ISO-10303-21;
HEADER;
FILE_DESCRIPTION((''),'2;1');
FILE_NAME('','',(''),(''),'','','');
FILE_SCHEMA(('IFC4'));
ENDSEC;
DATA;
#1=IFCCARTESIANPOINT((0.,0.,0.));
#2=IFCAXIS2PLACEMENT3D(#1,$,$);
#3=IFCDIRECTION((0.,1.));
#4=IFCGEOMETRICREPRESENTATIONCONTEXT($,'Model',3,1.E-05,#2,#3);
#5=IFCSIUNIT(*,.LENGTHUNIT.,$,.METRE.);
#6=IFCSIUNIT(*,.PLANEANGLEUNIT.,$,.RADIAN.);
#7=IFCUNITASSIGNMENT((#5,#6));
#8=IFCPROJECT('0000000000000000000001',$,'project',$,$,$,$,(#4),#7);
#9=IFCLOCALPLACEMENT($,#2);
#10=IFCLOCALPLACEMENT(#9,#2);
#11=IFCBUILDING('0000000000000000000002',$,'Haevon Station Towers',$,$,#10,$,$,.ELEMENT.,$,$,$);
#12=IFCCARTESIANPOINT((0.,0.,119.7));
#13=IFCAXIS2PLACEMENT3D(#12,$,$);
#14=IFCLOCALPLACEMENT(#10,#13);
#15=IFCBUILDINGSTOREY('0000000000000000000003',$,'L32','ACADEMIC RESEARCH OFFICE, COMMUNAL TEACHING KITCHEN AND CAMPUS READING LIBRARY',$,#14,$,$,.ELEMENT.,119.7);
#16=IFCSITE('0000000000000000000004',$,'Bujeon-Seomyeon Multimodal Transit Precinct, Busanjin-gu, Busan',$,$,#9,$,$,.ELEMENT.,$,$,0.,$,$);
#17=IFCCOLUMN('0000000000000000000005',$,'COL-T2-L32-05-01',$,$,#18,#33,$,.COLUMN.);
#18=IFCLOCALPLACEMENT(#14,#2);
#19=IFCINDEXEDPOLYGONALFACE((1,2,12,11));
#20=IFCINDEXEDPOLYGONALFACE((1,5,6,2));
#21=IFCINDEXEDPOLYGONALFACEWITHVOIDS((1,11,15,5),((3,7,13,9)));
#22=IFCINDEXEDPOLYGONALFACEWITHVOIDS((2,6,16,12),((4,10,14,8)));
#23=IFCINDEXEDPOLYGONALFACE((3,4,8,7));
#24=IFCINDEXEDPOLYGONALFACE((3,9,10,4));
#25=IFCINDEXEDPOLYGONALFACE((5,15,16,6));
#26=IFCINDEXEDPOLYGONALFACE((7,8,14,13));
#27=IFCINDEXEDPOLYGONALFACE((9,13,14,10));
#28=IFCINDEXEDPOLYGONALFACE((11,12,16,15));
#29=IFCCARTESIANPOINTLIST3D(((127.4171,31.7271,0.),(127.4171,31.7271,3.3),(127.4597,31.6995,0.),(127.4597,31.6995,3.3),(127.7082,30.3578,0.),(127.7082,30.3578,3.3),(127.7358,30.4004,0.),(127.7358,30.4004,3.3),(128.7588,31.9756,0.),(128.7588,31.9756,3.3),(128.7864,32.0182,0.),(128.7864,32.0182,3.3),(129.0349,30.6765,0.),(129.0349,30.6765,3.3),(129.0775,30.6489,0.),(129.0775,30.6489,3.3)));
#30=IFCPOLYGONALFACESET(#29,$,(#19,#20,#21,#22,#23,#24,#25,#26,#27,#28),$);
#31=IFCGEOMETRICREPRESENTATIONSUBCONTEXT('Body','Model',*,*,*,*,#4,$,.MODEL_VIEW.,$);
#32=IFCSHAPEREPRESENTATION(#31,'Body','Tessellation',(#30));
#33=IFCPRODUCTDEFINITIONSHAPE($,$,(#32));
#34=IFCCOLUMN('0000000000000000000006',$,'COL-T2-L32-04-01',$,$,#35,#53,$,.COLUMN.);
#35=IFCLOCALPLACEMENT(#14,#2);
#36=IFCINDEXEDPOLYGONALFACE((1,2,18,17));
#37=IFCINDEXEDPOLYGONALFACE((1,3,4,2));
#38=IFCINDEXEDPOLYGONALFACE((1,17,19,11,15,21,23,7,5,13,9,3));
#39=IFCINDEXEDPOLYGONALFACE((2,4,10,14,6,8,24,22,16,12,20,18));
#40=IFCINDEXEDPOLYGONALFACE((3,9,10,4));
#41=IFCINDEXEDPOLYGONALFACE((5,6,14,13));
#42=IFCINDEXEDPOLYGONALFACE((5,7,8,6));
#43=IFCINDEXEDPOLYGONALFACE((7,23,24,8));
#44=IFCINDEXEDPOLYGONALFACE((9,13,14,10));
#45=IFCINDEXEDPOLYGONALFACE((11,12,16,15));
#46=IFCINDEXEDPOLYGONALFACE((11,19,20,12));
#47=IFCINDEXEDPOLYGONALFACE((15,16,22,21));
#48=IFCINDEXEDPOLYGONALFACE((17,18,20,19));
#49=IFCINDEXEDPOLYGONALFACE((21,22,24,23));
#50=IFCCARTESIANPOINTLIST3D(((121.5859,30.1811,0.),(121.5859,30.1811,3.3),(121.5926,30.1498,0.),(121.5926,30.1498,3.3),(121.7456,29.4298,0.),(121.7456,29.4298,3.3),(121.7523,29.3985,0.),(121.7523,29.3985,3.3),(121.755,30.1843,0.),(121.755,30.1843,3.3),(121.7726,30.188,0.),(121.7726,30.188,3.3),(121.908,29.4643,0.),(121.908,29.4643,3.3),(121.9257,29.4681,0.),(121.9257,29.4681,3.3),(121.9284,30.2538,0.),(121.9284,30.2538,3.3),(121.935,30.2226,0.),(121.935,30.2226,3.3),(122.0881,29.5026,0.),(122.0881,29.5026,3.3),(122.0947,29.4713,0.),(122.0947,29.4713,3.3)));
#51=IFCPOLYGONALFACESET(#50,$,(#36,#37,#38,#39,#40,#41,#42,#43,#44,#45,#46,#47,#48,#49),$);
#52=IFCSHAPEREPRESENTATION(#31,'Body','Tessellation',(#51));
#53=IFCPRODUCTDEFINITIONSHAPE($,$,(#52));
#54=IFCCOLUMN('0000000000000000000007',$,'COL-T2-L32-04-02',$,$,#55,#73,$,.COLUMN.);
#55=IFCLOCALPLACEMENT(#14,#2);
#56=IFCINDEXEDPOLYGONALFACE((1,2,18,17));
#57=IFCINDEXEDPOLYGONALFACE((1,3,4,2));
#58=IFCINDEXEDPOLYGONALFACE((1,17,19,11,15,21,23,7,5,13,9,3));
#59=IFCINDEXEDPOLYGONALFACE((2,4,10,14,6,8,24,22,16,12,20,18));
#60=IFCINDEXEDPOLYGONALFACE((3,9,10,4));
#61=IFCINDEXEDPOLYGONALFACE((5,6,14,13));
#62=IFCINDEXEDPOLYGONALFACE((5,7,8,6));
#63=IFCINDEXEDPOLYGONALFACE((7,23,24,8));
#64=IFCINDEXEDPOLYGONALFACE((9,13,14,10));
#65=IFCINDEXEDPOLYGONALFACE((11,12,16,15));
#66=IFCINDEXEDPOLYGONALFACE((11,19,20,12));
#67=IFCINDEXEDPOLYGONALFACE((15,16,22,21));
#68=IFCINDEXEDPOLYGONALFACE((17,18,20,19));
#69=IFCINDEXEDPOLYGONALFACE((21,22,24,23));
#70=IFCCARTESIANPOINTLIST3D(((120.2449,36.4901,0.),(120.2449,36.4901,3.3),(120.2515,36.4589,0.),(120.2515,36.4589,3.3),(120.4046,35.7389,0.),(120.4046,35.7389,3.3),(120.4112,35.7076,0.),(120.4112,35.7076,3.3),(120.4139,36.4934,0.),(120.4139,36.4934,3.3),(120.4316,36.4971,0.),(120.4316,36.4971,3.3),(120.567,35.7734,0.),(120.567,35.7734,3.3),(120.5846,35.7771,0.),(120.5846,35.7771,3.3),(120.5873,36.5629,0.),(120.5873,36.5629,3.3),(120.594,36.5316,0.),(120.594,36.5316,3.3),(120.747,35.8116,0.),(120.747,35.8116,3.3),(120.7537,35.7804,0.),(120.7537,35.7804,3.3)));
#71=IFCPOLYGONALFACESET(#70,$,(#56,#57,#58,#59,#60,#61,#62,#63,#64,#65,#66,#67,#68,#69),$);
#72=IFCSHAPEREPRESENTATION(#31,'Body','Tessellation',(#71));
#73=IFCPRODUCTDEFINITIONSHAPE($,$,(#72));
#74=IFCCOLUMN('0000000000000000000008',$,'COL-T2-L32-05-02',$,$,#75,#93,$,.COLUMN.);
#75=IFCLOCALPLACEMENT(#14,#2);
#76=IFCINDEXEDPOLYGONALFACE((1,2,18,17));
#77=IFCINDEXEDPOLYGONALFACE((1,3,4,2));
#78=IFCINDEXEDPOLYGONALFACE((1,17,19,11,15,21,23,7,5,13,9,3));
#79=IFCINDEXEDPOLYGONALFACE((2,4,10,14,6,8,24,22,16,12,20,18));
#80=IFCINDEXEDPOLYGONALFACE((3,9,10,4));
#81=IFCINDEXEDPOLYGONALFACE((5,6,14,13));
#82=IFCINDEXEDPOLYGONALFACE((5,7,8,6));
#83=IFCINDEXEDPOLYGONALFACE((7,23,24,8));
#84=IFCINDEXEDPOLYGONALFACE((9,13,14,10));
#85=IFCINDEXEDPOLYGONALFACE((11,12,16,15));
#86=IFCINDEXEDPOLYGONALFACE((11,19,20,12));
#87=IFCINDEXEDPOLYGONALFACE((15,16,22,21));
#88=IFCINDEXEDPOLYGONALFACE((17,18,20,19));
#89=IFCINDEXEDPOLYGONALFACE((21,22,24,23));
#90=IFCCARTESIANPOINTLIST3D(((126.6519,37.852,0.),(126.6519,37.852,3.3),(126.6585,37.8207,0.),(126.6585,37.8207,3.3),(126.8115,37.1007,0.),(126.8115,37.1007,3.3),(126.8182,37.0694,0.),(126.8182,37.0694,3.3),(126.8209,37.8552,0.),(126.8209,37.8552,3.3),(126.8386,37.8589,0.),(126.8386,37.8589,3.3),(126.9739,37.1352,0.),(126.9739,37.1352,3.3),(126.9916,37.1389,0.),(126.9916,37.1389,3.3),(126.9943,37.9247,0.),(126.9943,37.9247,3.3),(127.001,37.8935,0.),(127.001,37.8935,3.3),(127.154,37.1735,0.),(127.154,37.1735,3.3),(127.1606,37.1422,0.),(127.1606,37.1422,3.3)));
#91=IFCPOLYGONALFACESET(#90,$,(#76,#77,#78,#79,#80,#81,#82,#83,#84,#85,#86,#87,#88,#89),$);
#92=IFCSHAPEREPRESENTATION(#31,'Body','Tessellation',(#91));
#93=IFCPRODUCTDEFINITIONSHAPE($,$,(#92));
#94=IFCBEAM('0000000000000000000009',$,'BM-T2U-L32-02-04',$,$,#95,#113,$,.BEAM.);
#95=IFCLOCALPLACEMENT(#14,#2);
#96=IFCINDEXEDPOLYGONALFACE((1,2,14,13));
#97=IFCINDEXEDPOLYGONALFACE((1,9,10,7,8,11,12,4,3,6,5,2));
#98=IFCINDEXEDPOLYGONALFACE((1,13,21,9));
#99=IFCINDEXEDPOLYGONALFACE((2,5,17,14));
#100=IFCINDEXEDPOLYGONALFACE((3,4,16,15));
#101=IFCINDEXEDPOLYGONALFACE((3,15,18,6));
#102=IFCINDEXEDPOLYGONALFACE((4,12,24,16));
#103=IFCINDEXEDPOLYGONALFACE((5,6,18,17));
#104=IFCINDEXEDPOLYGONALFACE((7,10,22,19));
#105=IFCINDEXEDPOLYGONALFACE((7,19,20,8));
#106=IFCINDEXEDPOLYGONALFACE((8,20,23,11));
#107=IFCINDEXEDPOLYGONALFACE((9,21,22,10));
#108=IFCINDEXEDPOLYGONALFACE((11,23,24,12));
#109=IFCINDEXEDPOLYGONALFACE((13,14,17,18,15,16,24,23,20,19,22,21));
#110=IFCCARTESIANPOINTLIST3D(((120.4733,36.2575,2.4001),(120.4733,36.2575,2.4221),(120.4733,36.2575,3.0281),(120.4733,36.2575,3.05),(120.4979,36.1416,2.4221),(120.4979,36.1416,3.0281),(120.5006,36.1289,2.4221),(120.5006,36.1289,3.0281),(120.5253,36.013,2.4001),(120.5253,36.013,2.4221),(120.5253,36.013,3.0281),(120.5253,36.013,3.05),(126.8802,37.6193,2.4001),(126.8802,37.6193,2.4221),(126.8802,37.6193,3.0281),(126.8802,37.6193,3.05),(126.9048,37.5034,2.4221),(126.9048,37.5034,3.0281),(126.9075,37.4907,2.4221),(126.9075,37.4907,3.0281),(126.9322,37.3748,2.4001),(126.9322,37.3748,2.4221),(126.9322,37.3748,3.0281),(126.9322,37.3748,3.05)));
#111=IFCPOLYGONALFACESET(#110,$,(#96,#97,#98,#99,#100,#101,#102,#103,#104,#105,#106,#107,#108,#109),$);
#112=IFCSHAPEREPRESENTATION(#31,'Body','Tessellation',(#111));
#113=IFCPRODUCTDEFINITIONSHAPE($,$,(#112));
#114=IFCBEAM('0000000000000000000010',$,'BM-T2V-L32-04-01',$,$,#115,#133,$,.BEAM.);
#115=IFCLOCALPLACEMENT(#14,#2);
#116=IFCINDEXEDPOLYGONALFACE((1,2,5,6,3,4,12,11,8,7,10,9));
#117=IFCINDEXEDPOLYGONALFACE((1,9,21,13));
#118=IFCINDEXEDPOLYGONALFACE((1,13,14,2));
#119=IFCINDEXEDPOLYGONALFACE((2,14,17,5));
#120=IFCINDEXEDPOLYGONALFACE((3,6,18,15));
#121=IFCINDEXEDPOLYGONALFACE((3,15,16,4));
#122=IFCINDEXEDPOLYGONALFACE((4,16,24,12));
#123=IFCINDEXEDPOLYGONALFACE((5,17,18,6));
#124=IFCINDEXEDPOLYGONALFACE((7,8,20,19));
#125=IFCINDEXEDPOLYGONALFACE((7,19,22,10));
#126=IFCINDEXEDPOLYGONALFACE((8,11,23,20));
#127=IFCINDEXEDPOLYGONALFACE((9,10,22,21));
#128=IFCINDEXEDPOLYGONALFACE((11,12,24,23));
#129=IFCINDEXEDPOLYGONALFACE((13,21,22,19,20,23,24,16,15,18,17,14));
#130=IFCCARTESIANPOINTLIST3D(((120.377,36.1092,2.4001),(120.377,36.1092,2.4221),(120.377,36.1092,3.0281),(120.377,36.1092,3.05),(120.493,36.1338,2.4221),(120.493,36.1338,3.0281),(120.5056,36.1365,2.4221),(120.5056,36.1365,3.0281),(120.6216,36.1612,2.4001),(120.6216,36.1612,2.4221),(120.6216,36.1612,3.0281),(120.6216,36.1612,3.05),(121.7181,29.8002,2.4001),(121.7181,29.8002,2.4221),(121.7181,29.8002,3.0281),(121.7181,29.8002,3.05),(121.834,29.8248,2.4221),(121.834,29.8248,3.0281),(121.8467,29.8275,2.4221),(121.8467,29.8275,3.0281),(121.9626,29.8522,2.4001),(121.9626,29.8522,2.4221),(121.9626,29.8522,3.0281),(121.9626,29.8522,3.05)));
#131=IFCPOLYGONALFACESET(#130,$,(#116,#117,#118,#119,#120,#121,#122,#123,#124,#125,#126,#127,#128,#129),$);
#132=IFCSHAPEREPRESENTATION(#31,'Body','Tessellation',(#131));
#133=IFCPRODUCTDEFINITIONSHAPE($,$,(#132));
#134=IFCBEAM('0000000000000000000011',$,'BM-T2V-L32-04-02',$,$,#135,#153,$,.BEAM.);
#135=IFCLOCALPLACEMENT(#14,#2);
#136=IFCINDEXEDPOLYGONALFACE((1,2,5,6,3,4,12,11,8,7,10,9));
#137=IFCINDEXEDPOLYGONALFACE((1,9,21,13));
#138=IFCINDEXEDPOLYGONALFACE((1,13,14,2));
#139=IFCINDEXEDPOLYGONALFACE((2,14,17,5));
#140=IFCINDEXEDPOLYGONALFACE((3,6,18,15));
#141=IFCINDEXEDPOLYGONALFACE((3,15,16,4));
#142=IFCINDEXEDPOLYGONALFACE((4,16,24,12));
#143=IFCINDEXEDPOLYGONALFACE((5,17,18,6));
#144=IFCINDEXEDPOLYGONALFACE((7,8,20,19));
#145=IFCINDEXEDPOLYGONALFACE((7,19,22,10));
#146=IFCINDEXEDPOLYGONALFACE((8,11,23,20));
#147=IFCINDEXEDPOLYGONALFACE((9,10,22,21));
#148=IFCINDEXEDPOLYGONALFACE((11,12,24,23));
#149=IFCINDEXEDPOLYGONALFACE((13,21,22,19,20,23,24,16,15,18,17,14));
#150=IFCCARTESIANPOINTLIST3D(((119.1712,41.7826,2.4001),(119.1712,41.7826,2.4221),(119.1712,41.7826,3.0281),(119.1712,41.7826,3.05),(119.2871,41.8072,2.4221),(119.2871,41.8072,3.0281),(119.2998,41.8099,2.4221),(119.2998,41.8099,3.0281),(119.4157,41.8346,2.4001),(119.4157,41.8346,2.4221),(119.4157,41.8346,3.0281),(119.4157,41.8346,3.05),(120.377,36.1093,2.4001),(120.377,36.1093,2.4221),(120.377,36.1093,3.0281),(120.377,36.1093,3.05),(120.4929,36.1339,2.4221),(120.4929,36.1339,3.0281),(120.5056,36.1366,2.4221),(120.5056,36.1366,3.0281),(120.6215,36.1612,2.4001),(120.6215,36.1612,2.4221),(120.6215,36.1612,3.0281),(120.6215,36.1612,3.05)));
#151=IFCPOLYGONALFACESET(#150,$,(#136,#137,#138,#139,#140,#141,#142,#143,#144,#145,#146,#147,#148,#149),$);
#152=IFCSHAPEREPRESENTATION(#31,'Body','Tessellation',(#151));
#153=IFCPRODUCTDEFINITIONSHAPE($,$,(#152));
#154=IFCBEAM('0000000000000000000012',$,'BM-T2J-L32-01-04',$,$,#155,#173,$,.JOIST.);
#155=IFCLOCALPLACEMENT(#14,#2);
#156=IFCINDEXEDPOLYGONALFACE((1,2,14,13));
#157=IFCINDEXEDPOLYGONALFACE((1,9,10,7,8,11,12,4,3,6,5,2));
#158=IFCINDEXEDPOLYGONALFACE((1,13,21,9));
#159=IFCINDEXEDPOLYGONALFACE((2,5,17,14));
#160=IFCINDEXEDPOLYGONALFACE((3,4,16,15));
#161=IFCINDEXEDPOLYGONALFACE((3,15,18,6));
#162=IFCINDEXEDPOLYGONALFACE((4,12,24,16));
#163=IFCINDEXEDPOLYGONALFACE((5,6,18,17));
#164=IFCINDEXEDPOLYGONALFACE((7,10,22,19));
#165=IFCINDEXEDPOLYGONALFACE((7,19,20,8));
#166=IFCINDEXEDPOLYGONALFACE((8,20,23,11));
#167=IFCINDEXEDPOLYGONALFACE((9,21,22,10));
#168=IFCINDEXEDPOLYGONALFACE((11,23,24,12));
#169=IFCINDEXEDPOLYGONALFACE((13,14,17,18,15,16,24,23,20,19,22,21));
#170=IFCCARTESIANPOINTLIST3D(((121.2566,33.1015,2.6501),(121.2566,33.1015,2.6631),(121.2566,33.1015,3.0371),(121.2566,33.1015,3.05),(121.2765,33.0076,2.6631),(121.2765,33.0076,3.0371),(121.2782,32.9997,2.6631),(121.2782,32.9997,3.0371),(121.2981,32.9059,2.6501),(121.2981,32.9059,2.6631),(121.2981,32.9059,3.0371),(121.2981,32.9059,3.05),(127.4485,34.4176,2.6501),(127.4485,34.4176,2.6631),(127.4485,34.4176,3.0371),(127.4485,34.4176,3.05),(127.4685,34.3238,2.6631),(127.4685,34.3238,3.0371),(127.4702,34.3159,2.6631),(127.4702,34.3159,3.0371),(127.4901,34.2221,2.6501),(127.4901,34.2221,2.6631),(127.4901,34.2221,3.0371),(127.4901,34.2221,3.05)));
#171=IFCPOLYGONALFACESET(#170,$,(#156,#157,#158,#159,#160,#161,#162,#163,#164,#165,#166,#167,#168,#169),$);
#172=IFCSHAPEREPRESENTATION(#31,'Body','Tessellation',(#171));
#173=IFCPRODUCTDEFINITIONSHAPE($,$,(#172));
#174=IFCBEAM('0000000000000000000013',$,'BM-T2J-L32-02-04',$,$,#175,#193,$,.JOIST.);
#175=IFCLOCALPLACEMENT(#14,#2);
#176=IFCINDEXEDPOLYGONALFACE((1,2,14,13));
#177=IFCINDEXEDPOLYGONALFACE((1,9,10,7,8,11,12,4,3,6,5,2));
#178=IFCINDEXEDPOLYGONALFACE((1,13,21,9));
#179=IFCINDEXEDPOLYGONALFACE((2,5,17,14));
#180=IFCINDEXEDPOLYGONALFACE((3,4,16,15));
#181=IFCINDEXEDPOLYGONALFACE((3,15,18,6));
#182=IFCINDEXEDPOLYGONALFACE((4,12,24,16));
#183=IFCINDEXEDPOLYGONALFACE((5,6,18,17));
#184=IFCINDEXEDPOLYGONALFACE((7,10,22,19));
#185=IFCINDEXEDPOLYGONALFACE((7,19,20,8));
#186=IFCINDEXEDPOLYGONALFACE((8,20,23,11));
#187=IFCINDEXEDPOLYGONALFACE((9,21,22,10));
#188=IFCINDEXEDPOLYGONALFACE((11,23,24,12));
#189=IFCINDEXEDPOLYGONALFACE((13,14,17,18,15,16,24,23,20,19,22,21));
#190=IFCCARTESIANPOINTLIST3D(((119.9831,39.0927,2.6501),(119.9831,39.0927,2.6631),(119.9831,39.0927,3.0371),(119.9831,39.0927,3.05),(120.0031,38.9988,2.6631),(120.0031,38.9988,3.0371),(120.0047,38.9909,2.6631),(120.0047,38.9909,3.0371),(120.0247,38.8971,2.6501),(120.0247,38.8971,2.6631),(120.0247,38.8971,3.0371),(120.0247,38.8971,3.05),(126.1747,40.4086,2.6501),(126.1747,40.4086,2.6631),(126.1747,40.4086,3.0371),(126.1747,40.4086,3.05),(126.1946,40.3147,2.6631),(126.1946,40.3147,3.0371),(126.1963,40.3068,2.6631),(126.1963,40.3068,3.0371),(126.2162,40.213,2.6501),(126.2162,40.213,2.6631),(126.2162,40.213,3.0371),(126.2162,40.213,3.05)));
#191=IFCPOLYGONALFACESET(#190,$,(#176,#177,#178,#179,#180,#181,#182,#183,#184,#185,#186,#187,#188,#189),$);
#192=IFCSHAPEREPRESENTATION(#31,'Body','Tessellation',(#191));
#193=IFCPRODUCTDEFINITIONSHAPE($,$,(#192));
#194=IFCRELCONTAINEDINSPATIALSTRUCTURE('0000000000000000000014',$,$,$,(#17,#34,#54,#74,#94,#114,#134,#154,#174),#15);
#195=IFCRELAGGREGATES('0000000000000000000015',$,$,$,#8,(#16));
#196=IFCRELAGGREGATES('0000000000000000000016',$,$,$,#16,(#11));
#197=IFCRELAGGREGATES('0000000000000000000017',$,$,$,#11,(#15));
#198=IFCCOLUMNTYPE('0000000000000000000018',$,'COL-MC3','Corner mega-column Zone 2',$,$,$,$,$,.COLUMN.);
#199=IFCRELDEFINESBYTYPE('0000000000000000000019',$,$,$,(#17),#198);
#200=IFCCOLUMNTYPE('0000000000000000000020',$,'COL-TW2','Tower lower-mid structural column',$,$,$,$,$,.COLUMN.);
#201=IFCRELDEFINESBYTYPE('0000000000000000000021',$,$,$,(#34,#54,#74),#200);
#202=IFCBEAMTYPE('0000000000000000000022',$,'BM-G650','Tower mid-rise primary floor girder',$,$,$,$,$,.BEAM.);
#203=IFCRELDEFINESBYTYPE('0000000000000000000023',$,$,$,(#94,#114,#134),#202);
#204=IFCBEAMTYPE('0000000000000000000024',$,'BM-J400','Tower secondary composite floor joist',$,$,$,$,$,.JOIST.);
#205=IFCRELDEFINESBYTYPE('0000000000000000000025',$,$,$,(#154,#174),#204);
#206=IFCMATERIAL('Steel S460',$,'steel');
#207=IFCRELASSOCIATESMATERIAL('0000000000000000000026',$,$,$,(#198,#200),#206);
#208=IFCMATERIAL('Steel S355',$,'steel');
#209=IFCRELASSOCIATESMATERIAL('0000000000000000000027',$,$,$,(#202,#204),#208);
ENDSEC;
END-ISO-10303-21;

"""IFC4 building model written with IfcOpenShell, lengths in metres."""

from ifc_helpers import new_model, si_unit, direction, frame, origin, origin_2d, place, context, subcontext, project, spatial, hollow_rectangle, i_section, extrude, material, material_profile, profile_set, type_object, element, save


model = new_model("IFC4")

# Units and contexts
model_context = context("Model", 3, precision=1e-05, world=origin(), true_north=direction((0.0, 1.0)))
body_context = subcontext(model_context, "Body", "Model", "MODEL_VIEW")
ifc_project = project(units=[si_unit("LENGTHUNIT", "METRE"), si_unit("PLANEANGLEUNIT", "RADIAN")], contexts=[model_context])

# Site, building, storey
site_placement = place(None, origin())
site = spatial("IfcSite", under=ifc_project, at=site_placement, Name="Bujeon-Seomyeon Multimodal Transit Precinct, Busanjin-gu, Busan", CompositionType="ELEMENT", RefElevation=0.0)
building_placement = place(site_placement, origin())
building = spatial("IfcBuilding", under=site, at=building_placement, Name="Haevon Station Towers", CompositionType="ELEMENT")
storey_placement = place(building_placement, frame((0.0, 0.0, 119.7)))
storey = spatial("IfcBuildingStorey", under=building, at=storey_placement, Name="L32", Description="ACADEMIC RESEARCH OFFICE, COMMUNAL TEACHING KITCHEN AND CAMPUS READING LIBRARY", CompositionType="ELEMENT", Elevation=119.7)

# Columns
ifc_material_1 = material(Name="Steel S460", Category="steel")
ifc_material_profile_1 = material_profile(ifc_material_1, hollow_rectangle(XDim=1.3999, YDim=1.3999, WallThickness=0.0359, at=origin_2d()), Name="BOX-1400x1400x36")
ifc_profile_set_1 = profile_set([ifc_material_profile_1], Name="Steel S460")
column_type_1 = type_object("IfcColumnType", Name="COL-MC3", Description="Corner mega-column Zone 2", PredefinedType="COLUMN", material=ifc_profile_set_1)
column_placement = place(storey_placement, frame((128.2473, 31.188, 0.0), z_axis=(0.0, 0.0, 1.0), x_axis=(0.978148, 0.207912, 0.0)))
element("IfcColumn", 1, at=column_placement, inside=storey, type_object=column_type_1, Name="COL-T2-L32-05-01", PredefinedType="COLUMN", context=body_context, shape_type="SweptSolid", body=[
    extrude(hollow_rectangle(XDim=1.3999, YDim=1.3999, WallThickness=0.0359, at=origin_2d()), origin(), (0.0, 0.0, 1.0), 3.3),
])
ifc_material_profile_2 = material_profile(ifc_material_1, i_section(OverallWidth=0.3501, OverallDepth=0.8, WebThickness=0.0181, FlangeThickness=0.032, at=origin_2d()), Name="H-800x350x18x32")
ifc_profile_set_2 = profile_set([ifc_material_profile_2], Name="Steel S460")
column_type_2 = type_object("IfcColumnType", Name="COL-TW2", Description="Tower lower-mid structural column", PredefinedType="COLUMN", material=ifc_profile_set_2)
for number, where, z_axis, x_axis, name in (
    (2, (121.8403, 29.8262, 0.0), (0.0, 0.0, 1.0), (0.978148, 0.207912, 0.0), "COL-T2-L32-04-01"),
    (3, (120.4993, 36.1353, 0.0), (0.0, 0.0, 1.0), (0.978148, 0.207912, 0.0), "COL-T2-L32-04-02"),
    (4, (126.9062, 37.4971, 0.0), (0.0, 0.0, 1.0), (0.978148, 0.207912, 0.0), "COL-T2-L32-05-02"),
):
    element("IfcColumn", number, at=place(storey_placement, frame(where, z_axis=z_axis, x_axis=x_axis)), inside=storey, type_object=column_type_2, Name=name, PredefinedType="COLUMN", context=body_context, shape_type="SweptSolid", body=[
        extrude(i_section(OverallWidth=0.3501, OverallDepth=0.8, WebThickness=0.0181, FlangeThickness=0.032, at=origin_2d()), origin(), (0.0, 0.0, 1.0), 3.3),
    ])

# Beams
ifc_material_2 = material(Name="Steel S355", Category="steel")
ifc_material_profile_3 = material_profile(ifc_material_2, i_section(OverallWidth=0.25, OverallDepth=0.6499, WebThickness=0.0129, FlangeThickness=0.022, at=origin_2d()), Name="H-650x250x13x22")
ifc_profile_set_3 = profile_set([ifc_material_profile_3], Name="Steel S355")
beam_type_1 = type_object("IfcBeamType", Name="BM-G650", Description="Tower mid-rise primary floor girder", PredefinedType="BEAM", material=ifc_profile_set_3)
beam_1_placement = place(storey_placement, frame((120.4993, 36.1353, 2.7251), z_axis=(0.978149, 0.207907, 0.0), x_axis=(-0.207907, 0.978149, 0.0)))
element("IfcBeam", 5, at=beam_1_placement, inside=storey, type_object=beam_type_1, Name="BM-T2U-L32-02-04", PredefinedType="BEAM", context=body_context, shape_type="SweptSolid", body=[
    extrude(i_section(OverallWidth=0.25, OverallDepth=0.6499, WebThickness=0.0129, FlangeThickness=0.022, at=origin_2d()), origin(), (0.0, 0.0, 1.0), 6.55),
])
beam_2_placement = place(storey_placement, frame((121.8403, 29.8262, 2.7251), z_axis=(-0.207916, 0.978147, 0.0), x_axis=(-0.978147, -0.207916, 0.0)))
element("IfcBeam", 6, at=beam_2_placement, inside=storey, type_object=beam_type_1, Name="BM-T2V-L32-04-01", PredefinedType="BEAM", context=body_context, shape_type="SweptSolid", body=[
    extrude(i_section(OverallWidth=0.25, OverallDepth=0.6499, WebThickness=0.0129, FlangeThickness=0.022, at=origin_2d()), origin(), (0.0, 0.0, 1.0), 6.45),
])
beam_3_placement = place(storey_placement, frame((120.4993, 36.1353, 2.7251), z_axis=(-0.207896, 0.978151, 0.0), x_axis=(-0.978151, -0.207896, 0.0)))
element("IfcBeam", 7, at=beam_3_placement, inside=storey, type_object=beam_type_1, Name="BM-T2V-L32-04-02", PredefinedType="BEAM", context=body_context, shape_type="SweptSolid", body=[
    extrude(i_section(OverallWidth=0.25, OverallDepth=0.6499, WebThickness=0.0129, FlangeThickness=0.022, at=origin_2d()), origin(), (0.0, 0.0, 1.0), 5.8),
])
ifc_material_profile_4 = material_profile(ifc_material_2, i_section(OverallWidth=0.2, OverallDepth=0.3999, WebThickness=0.0081, FlangeThickness=0.0129, at=origin_2d()), Name="H-400x200x8x13")
ifc_profile_set_4 = profile_set([ifc_material_profile_4], Name="Steel S355")
beam_type_2 = type_object("IfcBeamType", Name="BM-J400", Description="Tower secondary composite floor joist", PredefinedType="JOIST", material=ifc_profile_set_4)
beam_4_placement = place(storey_placement, frame((121.2773, 33.0037, 2.8501), z_axis=(0.978146, 0.207917, 0.0), x_axis=(-0.207917, 0.978146, 0.0)))
element("IfcBeam", 8, at=beam_4_placement, inside=storey, type_object=beam_type_2, Name="BM-T2J-L32-01-04", PredefinedType="JOIST", context=body_context, shape_type="SweptSolid", body=[
    extrude(i_section(OverallWidth=0.2, OverallDepth=0.3999, WebThickness=0.0081, FlangeThickness=0.0129, at=origin_2d()), origin(), (0.0, 0.0, 1.0), 6.3303),
])
beam_5_placement = place(storey_placement, frame((120.0039, 38.9949, 2.8501), z_axis=(0.978153, 0.207888, 0.0), x_axis=(-0.207888, 0.978153, 0.0)))
element("IfcBeam", 9, at=beam_5_placement, inside=storey, type_object=beam_type_2, Name="BM-T2J-L32-02-04", PredefinedType="JOIST", context=body_context, shape_type="SweptSolid", body=[
    extrude(i_section(OverallWidth=0.2, OverallDepth=0.3999, WebThickness=0.0081, FlangeThickness=0.0129, at=origin_2d()), origin(), (0.0, 0.0, 1.0), 6.3298),
])

save(model, "model.ifc")
